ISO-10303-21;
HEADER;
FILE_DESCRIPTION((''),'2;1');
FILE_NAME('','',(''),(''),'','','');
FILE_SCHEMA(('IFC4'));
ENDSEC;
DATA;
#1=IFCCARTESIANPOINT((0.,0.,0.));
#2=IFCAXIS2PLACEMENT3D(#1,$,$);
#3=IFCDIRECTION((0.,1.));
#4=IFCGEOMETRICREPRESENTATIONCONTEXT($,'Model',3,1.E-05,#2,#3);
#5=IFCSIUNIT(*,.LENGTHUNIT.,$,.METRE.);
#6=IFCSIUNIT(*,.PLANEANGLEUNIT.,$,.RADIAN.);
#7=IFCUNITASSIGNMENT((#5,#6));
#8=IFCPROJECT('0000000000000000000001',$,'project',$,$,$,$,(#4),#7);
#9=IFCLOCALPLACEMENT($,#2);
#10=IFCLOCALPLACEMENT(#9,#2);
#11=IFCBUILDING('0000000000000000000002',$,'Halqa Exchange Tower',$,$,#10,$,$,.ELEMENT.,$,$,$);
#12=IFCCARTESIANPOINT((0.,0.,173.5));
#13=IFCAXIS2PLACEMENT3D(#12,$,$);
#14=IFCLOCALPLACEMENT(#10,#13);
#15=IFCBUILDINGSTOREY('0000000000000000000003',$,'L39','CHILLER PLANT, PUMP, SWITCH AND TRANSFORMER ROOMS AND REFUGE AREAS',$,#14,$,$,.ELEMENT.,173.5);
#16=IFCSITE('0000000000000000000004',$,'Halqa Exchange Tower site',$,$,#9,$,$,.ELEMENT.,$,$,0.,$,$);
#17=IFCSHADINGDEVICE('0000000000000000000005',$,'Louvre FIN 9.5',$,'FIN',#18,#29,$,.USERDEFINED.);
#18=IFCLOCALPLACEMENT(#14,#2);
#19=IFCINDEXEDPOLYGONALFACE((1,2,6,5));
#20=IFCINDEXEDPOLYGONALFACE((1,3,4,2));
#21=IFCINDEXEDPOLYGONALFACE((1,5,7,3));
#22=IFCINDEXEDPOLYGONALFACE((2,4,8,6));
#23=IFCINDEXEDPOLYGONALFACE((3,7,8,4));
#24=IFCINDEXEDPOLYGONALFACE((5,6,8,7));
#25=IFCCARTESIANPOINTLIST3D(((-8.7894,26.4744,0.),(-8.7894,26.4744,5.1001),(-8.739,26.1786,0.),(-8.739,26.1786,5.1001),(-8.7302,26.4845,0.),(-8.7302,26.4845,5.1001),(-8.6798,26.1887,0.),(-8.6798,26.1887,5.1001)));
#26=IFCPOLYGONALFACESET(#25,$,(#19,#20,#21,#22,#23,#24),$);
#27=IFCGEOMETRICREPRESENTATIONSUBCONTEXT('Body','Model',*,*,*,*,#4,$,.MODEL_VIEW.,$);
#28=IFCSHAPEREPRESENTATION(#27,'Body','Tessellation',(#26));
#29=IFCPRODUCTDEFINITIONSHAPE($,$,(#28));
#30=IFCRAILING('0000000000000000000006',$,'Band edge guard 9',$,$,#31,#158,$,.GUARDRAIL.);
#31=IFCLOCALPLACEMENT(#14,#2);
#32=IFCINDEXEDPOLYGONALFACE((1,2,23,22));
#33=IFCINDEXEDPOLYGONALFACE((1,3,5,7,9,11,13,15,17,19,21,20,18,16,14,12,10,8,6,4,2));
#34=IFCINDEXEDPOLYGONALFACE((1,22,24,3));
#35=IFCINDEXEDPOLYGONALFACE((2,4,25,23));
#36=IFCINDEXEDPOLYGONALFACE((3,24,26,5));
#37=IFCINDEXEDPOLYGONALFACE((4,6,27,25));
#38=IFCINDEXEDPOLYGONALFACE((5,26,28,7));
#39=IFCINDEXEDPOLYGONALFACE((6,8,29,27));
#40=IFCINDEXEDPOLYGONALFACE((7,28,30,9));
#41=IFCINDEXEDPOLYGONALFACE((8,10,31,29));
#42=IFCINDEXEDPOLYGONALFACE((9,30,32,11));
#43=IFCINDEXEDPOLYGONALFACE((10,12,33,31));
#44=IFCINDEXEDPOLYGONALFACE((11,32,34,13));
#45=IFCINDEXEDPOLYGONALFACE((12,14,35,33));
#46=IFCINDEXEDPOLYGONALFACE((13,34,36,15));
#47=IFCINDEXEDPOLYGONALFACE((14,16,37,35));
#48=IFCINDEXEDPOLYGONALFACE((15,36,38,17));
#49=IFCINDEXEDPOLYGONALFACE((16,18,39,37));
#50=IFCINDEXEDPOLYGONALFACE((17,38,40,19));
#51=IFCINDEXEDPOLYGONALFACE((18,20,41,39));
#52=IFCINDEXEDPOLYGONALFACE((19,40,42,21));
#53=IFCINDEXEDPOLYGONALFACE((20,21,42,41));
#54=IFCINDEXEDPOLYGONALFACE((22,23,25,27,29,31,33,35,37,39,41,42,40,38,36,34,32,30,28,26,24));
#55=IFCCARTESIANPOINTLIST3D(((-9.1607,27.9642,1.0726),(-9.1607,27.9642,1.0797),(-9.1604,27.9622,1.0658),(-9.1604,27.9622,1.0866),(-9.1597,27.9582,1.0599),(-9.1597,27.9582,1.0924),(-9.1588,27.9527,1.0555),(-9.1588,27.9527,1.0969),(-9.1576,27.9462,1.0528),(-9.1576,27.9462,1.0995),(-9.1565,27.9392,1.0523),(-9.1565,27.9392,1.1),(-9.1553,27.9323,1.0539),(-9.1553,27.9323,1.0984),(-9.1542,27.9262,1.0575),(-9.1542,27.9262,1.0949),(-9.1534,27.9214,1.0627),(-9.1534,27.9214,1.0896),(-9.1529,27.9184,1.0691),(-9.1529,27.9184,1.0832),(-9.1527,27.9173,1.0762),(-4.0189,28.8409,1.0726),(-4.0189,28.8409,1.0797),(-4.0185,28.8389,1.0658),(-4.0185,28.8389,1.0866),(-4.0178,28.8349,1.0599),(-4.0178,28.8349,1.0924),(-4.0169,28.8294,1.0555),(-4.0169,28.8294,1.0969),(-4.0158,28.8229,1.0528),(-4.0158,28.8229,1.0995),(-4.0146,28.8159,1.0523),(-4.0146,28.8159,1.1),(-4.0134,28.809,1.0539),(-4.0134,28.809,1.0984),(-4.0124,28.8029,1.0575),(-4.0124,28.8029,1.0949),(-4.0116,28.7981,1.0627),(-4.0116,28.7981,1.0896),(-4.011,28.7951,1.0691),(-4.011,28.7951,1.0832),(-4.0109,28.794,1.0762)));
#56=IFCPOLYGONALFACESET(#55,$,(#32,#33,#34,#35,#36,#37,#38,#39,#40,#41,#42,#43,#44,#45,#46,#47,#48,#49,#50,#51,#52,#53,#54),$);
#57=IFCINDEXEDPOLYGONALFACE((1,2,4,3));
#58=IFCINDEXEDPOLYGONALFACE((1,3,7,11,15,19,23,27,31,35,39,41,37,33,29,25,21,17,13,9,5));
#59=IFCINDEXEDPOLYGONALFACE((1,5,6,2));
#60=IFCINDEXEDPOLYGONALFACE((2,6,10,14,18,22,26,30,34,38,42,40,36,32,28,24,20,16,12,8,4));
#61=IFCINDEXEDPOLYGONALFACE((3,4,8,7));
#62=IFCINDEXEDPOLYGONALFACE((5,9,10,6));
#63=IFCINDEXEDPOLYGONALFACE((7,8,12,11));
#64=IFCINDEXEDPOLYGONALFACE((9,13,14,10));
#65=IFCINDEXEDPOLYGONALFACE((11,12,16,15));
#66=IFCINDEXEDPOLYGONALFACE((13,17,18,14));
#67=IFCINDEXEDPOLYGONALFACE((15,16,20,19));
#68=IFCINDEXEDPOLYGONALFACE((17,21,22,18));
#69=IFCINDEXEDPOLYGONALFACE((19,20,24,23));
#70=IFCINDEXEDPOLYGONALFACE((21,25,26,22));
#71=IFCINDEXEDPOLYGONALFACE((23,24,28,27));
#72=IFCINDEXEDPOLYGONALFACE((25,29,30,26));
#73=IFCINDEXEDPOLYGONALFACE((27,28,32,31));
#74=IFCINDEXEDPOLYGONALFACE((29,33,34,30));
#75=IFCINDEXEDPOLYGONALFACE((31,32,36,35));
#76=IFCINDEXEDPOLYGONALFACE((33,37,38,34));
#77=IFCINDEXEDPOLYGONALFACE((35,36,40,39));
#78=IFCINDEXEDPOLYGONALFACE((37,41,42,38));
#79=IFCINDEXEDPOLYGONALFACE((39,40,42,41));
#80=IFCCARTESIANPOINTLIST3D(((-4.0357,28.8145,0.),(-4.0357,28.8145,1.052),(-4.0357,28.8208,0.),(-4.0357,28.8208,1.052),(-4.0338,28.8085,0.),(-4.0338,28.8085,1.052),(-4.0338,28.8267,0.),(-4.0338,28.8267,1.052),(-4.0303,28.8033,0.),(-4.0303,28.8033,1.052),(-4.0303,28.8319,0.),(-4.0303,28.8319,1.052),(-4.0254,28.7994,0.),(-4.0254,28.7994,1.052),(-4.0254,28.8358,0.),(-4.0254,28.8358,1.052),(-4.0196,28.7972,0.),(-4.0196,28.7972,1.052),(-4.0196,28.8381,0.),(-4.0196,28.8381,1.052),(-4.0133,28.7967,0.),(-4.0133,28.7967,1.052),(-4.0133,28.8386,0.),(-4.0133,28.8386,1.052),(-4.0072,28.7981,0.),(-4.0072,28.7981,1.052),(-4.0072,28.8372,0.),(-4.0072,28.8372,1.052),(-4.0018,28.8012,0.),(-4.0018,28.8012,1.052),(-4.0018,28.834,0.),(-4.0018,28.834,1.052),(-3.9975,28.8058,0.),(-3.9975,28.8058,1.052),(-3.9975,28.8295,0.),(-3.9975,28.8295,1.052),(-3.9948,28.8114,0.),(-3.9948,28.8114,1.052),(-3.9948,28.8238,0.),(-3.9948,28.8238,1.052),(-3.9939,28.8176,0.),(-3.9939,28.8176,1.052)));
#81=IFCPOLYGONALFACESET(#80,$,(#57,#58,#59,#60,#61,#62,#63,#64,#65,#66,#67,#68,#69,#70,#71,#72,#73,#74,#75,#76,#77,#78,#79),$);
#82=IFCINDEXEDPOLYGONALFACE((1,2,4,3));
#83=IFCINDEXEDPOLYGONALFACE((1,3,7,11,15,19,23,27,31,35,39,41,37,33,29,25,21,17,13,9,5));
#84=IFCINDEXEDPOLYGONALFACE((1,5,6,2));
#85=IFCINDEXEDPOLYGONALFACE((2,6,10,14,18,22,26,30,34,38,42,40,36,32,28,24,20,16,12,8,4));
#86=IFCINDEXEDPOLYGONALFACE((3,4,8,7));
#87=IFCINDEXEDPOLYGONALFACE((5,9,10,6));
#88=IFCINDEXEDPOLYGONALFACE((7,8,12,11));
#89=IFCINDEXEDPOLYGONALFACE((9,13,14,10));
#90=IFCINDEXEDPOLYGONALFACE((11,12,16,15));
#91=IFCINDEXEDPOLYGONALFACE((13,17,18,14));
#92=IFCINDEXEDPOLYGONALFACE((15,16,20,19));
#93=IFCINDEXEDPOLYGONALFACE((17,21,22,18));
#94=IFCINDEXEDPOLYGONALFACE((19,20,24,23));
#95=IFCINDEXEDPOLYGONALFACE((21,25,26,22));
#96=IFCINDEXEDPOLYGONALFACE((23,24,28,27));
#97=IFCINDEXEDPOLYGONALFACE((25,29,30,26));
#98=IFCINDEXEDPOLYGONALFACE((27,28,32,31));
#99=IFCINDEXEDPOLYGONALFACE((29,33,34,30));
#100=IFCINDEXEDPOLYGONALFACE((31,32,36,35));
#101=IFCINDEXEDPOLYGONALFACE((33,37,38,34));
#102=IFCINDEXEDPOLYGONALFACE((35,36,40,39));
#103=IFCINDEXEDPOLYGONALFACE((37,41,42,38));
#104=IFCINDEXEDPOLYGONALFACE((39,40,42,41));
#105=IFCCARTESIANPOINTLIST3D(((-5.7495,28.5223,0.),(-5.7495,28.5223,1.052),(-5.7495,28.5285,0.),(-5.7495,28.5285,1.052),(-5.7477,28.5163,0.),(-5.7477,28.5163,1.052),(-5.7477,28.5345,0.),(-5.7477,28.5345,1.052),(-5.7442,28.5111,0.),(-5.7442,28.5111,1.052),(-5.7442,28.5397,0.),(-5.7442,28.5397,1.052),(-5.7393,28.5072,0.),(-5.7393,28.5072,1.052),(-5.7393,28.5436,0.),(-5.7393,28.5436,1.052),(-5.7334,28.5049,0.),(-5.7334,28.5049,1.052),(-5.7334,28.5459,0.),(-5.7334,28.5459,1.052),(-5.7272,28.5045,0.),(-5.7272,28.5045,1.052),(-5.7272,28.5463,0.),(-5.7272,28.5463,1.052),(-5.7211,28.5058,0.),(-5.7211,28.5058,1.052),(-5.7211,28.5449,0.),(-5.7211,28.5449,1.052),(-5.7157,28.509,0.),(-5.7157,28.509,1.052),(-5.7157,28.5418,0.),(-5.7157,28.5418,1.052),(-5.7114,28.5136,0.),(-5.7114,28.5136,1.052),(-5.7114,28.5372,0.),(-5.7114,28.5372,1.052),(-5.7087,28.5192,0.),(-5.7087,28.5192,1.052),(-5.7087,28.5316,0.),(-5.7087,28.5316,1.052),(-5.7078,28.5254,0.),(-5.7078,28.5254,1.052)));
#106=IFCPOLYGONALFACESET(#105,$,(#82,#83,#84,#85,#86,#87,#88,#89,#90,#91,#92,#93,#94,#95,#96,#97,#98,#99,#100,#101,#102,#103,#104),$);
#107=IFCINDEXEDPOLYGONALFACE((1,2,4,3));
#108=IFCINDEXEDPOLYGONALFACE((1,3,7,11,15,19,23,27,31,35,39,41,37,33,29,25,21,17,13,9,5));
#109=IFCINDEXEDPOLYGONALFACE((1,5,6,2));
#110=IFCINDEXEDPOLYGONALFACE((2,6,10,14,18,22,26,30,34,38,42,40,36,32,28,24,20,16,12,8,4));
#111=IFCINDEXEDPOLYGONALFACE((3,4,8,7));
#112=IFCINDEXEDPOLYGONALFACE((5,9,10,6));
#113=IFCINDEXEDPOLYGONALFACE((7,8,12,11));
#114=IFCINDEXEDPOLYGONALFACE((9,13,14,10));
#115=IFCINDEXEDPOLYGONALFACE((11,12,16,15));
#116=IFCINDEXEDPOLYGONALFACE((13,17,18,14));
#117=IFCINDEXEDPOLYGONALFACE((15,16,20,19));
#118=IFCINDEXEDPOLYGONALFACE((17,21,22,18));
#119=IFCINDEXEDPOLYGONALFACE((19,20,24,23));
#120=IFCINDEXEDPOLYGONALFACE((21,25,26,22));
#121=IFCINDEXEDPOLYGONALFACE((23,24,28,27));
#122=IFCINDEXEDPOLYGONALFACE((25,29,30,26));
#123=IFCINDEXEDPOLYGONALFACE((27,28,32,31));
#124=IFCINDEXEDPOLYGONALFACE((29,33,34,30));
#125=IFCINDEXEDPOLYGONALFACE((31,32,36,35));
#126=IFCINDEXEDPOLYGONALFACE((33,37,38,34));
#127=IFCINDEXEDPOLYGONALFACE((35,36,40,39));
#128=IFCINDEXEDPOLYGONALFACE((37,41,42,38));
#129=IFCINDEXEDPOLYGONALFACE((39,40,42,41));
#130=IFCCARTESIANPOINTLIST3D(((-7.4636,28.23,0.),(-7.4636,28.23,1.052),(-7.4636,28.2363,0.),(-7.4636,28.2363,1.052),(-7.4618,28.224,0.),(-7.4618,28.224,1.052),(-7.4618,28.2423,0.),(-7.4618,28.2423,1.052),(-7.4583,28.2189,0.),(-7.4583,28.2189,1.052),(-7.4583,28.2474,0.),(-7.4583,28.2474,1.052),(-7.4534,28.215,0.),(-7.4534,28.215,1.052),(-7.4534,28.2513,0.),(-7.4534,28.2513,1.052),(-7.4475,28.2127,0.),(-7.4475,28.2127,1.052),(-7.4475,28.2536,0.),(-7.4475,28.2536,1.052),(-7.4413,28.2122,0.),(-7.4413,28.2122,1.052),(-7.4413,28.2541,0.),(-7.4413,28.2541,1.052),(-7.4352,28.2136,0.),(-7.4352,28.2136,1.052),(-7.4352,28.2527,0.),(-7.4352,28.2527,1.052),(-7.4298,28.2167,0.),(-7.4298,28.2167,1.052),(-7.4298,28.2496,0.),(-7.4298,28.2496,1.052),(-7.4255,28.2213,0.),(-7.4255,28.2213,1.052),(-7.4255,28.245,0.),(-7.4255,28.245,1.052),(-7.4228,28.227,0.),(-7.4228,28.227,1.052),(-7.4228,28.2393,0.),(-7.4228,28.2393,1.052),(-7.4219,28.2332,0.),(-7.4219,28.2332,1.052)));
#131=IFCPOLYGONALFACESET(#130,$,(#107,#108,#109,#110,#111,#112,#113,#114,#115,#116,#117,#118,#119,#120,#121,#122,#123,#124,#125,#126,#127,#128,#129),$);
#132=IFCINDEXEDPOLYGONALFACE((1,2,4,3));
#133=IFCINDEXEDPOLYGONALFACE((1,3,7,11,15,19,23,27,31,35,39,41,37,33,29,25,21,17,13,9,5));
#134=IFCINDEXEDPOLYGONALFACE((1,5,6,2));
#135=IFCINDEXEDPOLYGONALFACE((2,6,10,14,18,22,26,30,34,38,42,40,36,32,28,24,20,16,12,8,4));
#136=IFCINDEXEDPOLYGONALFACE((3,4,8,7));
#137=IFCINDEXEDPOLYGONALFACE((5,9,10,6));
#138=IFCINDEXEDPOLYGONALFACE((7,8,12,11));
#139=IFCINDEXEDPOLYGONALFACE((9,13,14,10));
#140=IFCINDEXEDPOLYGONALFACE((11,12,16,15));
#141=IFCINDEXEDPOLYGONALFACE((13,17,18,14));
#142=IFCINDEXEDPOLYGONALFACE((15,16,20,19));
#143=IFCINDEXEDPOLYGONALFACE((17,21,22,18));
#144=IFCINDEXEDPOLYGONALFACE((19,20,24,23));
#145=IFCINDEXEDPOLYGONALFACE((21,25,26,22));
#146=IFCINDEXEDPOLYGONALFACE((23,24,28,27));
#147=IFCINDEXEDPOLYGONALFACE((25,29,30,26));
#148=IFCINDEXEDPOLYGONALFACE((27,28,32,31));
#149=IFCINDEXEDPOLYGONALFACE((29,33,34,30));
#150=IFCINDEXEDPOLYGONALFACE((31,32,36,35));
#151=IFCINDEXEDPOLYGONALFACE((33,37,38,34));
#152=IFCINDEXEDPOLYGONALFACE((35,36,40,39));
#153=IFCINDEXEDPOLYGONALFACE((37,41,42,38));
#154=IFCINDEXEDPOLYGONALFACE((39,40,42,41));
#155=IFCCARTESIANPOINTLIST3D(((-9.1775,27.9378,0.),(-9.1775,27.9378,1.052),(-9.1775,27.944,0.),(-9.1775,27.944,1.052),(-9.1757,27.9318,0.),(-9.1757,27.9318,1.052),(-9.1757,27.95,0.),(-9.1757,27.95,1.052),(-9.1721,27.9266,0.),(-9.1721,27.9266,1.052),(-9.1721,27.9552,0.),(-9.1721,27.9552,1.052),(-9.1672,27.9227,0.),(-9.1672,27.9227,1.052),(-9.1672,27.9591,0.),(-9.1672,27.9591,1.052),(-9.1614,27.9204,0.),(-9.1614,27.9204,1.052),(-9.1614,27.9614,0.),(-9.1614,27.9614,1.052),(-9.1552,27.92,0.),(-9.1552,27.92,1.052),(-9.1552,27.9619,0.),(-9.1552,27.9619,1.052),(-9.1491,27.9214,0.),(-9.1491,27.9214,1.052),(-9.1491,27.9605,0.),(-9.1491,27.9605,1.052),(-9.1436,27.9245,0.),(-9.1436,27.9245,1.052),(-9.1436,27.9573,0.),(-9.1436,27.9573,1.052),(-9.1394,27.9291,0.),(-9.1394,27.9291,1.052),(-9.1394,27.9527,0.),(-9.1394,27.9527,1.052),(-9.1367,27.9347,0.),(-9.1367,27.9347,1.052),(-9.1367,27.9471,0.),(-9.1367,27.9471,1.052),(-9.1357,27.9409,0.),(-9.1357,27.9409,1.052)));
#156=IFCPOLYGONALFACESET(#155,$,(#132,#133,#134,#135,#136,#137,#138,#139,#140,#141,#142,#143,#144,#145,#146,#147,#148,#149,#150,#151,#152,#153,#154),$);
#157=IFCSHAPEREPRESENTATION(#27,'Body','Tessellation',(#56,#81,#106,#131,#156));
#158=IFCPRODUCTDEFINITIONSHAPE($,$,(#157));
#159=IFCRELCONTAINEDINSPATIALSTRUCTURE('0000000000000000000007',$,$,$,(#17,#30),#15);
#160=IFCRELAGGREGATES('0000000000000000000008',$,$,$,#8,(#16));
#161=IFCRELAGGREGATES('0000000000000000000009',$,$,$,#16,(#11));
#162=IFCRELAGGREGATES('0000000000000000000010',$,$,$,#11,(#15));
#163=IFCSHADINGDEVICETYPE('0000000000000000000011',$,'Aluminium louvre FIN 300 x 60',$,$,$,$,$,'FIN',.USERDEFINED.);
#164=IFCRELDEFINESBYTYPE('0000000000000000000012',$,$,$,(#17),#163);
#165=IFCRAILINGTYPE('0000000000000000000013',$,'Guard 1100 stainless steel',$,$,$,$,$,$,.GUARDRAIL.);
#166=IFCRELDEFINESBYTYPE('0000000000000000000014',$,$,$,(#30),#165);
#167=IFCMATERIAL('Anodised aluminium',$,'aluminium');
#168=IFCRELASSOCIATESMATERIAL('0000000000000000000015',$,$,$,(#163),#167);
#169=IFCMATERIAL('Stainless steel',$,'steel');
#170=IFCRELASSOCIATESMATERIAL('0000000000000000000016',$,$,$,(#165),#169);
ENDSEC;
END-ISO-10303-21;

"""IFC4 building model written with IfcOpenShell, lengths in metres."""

from ifc_helpers import new_model, si_unit, direction, frame, origin, origin_2d, place, context, subcontext, project, spatial, rectangle, circle, extrude, material, material_profile, profile_set, type_object, element, save


model = new_model("IFC4")

# Units and contexts
model_context = context("Model", 3, precision=1e-05, world=origin(), true_north=direction((0.0, 1.0)))
body_context = subcontext(model_context, "Body", "Model", "MODEL_VIEW")
ifc_project = project(units=[si_unit("LENGTHUNIT", "METRE"), si_unit("PLANEANGLEUNIT", "RADIAN")], contexts=[model_context])

# Site, building, storey
site_placement = place(None, origin())
site = spatial("IfcSite", under=ifc_project, at=site_placement, Name="Halqa Exchange Tower site", CompositionType="ELEMENT", RefElevation=0.0)
building_placement = place(site_placement, origin())
building = spatial("IfcBuilding", under=site, at=building_placement, Name="Halqa Exchange Tower", CompositionType="ELEMENT")
storey_placement = place(building_placement, frame((0.0, 0.0, 173.5)))
storey = spatial("IfcBuildingStorey", under=building, at=storey_placement, Name="L39", Description="CHILLER PLANT, PUMP, SWITCH AND TRANSFORMER ROOMS AND REFUGE AREAS", CompositionType="ELEMENT", Elevation=173.5)

# Shading device
ifc_material_1 = material(Name="Anodised aluminium", Category="aluminium")
ifc_material_profile_1 = material_profile(ifc_material_1, rectangle(XDim=0.3, YDim=0.0601, at=origin_2d()), Name="AL FIN 300x60")
ifc_profile_set_1 = profile_set([ifc_material_profile_1], Name="Anodised aluminium")
shading_device_type = type_object("IfcShadingDeviceType", Name="Aluminium louvre FIN 300 x 60", ElementType="FIN", PredefinedType="USERDEFINED", material=ifc_profile_set_1)
for number, where, z_axis, x_axis, name in (
    (1, (-8.7346, 26.3315, 0.0), (0.0, 0.0, 1.0), (0.168073, -0.985775, 0.0), "Louvre FIN 9.5"),
):
    element("IfcShadingDevice", number, at=place(storey_placement, frame(where, z_axis=z_axis, x_axis=x_axis)), inside=storey, type_object=shading_device_type, Name=name, ObjectType="FIN", PredefinedType="USERDEFINED", context=body_context, shape_type="SweptSolid", body=[
        extrude(rectangle(XDim=0.3, YDim=0.0601, at=origin_2d()), origin(), (0.0, 0.0, 1.0), 5.1001),
    ])

# Railing
ifc_material_2 = material(Name="Stainless steel", Category="steel")
railing_type = type_object("IfcRailingType", Name="Guard 1100 stainless steel", PredefinedType="GUARDRAIL", material=ifc_material_2)
railing_1_placement = place(storey_placement, frame((-4.0149, 28.8176, 0.0)))
element("IfcRailing", 2, at=railing_1_placement, inside=storey, type_object=railing_type, Name="Band edge guard 9", PredefinedType="GUARDRAIL", context=body_context, shape_type="SweptSolid", body=[
    extrude(circle(Radius=0.0239, at=origin_2d()), frame((0.0, 0.0, 1.0762), z_axis=(-0.985774, -0.168079, 0.0), x_axis=(0.168079, -0.985774, 0.0)), (0.0, 0.0, 1.0), 5.2161),
    extrude(circle(Radius=0.021, at=origin_2d()), origin(), (0.0, 0.0, 1.0), 1.052),
    extrude(circle(Radius=0.021, at=origin_2d()), frame((-1.7139, -0.2922, 0.0)), (0.0, 0.0, 1.0), 1.052),
    extrude(circle(Radius=0.021, at=origin_2d()), frame((-3.428, -0.5845, 0.0)), (0.0, 0.0, 1.0), 1.052),
    extrude(circle(Radius=0.021, at=origin_2d()), frame((-5.1418, -0.8767, 0.0)), (0.0, 0.0, 1.0), 1.052),
])

save(model, "model.ifc")
